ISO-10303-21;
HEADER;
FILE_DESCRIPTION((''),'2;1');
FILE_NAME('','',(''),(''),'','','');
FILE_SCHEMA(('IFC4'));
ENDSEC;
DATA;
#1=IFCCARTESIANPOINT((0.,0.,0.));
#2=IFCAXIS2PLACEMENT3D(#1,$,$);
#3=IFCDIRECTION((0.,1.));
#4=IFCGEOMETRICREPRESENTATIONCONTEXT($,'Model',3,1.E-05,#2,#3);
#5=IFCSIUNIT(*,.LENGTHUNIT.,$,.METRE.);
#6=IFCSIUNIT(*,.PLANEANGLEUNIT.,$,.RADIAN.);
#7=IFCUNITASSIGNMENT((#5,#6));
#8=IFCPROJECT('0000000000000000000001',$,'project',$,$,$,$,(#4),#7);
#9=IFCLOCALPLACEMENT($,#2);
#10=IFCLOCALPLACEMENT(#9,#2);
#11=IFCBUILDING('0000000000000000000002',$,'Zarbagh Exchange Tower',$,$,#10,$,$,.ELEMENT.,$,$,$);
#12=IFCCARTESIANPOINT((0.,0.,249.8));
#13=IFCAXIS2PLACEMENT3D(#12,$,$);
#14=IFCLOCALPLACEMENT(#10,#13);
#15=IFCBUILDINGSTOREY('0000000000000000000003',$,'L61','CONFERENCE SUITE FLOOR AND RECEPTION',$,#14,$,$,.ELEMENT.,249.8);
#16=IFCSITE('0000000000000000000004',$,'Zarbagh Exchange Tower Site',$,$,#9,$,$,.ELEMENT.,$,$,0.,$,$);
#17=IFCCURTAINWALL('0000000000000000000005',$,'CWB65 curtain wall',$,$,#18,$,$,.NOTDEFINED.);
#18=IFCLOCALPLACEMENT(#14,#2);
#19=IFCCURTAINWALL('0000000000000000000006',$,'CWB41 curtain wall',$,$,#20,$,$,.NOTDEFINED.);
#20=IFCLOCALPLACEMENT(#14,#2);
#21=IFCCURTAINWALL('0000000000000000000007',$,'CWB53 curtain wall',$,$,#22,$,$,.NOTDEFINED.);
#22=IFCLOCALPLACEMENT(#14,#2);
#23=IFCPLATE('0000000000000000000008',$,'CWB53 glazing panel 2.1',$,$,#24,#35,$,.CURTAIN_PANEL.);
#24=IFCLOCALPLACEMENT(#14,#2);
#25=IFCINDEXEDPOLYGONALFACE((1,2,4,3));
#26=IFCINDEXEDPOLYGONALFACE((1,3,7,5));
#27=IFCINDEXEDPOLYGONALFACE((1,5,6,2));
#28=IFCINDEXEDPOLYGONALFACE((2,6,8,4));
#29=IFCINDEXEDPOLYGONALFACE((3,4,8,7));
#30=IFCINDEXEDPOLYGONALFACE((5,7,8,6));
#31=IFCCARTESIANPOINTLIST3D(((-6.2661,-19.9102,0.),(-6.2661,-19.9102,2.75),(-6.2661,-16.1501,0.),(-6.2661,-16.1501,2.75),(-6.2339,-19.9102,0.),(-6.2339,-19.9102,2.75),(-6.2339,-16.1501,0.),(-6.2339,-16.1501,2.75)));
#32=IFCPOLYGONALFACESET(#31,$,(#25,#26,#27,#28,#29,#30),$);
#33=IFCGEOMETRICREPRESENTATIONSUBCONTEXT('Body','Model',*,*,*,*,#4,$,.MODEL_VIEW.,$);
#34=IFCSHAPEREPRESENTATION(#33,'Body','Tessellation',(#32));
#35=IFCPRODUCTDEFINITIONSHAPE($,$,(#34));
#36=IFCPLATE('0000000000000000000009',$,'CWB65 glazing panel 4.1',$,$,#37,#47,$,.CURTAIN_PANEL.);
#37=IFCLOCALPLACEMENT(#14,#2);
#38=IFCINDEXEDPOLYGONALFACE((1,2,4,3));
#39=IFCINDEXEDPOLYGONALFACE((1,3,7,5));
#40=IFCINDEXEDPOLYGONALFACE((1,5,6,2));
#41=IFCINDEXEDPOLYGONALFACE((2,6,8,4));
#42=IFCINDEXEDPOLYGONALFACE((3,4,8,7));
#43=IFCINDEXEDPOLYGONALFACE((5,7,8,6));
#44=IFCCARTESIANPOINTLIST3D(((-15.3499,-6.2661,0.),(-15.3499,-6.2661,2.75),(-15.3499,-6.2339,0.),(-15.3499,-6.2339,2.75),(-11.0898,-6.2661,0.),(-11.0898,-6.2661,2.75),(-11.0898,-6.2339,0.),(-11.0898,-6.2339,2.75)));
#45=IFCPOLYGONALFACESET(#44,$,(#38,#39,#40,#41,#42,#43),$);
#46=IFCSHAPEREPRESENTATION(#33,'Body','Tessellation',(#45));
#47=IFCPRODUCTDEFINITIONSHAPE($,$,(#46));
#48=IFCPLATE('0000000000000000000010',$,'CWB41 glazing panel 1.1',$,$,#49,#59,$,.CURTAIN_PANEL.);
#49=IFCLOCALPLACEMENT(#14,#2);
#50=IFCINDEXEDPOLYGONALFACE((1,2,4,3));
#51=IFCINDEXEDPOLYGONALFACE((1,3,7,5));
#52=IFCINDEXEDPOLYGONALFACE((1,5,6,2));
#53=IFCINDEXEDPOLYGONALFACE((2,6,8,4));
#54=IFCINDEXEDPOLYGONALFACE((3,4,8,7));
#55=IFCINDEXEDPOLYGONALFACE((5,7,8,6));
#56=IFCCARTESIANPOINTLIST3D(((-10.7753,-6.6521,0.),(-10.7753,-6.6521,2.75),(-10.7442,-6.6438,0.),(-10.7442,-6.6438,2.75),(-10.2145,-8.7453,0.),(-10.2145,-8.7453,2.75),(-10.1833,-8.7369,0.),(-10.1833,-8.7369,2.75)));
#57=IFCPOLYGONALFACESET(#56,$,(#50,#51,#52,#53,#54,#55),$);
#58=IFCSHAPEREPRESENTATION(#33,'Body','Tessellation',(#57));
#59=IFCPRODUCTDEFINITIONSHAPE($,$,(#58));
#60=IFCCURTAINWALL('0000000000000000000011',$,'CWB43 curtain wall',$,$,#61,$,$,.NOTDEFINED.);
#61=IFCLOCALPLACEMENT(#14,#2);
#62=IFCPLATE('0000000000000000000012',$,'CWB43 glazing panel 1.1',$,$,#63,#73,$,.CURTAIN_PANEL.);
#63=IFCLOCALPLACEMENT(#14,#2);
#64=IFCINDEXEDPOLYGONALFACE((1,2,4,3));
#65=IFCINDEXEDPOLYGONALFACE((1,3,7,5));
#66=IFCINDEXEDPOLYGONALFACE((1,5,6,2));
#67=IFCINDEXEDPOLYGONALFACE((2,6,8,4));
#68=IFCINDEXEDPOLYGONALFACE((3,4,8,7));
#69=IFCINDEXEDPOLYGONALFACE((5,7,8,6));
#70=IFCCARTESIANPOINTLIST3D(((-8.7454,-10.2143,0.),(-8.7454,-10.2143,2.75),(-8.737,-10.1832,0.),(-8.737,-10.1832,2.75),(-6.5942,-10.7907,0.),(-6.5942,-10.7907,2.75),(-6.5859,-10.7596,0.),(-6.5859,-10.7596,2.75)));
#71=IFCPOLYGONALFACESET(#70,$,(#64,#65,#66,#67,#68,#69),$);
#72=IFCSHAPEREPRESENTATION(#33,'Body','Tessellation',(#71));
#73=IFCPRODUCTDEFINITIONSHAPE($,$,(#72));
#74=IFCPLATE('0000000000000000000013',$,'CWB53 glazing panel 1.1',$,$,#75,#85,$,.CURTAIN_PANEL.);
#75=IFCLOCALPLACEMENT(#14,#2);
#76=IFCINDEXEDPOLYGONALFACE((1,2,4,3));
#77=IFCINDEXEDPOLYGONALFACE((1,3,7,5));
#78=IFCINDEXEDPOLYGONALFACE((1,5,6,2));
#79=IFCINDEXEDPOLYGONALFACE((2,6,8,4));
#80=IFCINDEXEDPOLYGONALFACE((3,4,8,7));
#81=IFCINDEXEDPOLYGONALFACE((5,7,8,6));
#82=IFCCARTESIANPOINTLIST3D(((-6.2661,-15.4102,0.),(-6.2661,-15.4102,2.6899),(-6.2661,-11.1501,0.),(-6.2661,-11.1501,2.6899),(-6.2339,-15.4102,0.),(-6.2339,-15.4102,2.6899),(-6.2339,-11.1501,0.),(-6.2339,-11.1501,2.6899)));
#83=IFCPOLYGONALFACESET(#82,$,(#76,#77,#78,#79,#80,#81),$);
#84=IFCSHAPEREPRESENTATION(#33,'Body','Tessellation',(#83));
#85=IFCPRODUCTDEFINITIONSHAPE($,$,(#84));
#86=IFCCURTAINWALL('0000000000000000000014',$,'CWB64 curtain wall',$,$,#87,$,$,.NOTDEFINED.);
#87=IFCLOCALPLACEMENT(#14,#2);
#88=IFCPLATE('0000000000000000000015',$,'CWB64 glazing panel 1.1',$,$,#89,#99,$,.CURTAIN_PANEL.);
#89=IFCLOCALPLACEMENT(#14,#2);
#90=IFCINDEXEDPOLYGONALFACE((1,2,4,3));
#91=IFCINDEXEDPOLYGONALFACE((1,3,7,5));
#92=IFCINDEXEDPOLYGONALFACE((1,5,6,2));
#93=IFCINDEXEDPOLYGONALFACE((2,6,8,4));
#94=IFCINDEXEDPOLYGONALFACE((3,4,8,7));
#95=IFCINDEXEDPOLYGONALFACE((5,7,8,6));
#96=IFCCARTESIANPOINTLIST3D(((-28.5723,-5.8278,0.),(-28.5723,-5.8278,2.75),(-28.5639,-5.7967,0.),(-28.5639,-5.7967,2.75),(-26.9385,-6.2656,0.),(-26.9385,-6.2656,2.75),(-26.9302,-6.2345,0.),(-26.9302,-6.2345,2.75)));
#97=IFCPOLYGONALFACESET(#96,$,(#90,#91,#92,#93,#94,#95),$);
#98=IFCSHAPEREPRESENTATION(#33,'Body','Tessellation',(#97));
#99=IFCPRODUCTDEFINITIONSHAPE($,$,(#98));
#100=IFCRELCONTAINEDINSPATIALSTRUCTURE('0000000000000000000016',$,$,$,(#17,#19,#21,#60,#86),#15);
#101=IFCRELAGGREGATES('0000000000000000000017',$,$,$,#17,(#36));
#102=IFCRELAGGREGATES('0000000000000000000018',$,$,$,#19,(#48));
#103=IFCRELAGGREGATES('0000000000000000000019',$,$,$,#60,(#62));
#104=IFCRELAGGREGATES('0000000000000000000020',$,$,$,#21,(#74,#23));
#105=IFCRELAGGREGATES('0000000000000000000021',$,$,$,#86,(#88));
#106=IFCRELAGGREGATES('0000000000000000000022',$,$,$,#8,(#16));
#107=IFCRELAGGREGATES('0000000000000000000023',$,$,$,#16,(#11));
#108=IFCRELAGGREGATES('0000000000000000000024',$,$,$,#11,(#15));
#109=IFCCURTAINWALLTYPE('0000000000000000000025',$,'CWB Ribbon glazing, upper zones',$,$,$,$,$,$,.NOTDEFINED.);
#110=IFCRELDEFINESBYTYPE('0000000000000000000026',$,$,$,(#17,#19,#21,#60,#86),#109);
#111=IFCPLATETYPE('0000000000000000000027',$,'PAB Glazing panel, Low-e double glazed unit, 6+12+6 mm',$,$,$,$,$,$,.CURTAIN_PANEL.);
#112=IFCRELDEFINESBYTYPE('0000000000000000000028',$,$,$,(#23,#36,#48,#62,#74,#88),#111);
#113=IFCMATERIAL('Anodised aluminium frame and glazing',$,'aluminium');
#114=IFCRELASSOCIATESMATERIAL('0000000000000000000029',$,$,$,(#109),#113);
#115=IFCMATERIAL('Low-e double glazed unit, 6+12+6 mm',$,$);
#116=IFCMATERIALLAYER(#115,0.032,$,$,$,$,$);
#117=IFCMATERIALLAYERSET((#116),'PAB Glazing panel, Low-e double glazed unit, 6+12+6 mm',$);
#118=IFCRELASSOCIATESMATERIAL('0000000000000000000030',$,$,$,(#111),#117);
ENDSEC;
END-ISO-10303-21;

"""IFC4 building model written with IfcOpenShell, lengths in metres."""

from ifc_helpers import new_model, si_unit, direction, frame, origin, place, context, subcontext, project, spatial, polyline, outline, extrude, source, transform, mapped, material, layer, layer_set, type_object, element, aggregate, save


model = new_model("IFC4")

# Units and contexts
model_context = context("Model", 3, precision=1e-05, world=origin(), true_north=direction((0.0, 1.0)))
body_context = subcontext(model_context, "Body", "Model", "MODEL_VIEW")
ifc_project = project(units=[si_unit("LENGTHUNIT", "METRE"), si_unit("PLANEANGLEUNIT", "RADIAN")], contexts=[model_context])

# Site, building, storey
site_placement = place(None, origin())
site = spatial("IfcSite", under=ifc_project, at=site_placement, Name="Zarbagh Exchange Tower Site", CompositionType="ELEMENT", RefElevation=0.0)
building_placement = place(site_placement, origin())
building = spatial("IfcBuilding", under=site, at=building_placement, Name="Zarbagh Exchange Tower", CompositionType="ELEMENT")
storey_placement = place(building_placement, frame((0.0, 0.0, 249.8)))
storey = spatial("IfcBuildingStorey", under=building, at=storey_placement, Name="L61", Description="CONFERENCE SUITE FLOOR AND RECEPTION", CompositionType="ELEMENT", Elevation=249.8)

# Curtain wall
ifc_material_1 = material(Name="Anodised aluminium frame and glazing", Category="aluminium")
curtain_wall_type = type_object("IfcCurtainWallType", Name="CWB Ribbon glazing, upper zones", PredefinedType="NOTDEFINED", material=ifc_material_1)
curtain_wall_1_placement = place(storey_placement, origin())
curtain_wall_1 = element("IfcCurtainWall", 1, at=curtain_wall_1_placement, inside=storey, type_object=curtain_wall_type, Name="CWB65 curtain wall", PredefinedType="NOTDEFINED")
placement = place(storey_placement, origin())

# Curtain wall
curtain_wall_2_placement = place(storey_placement, origin())
curtain_wall_2 = element("IfcCurtainWall", 2, at=curtain_wall_2_placement, inside=storey, type_object=curtain_wall_type, Name="CWB41 curtain wall", PredefinedType="NOTDEFINED")

# Curtain wall
curtain_wall_3_placement = place(storey_placement, origin())
curtain_wall_3 = element("IfcCurtainWall", 3, at=curtain_wall_3_placement, inside=storey, type_object=curtain_wall_type, Name="CWB53 curtain wall", PredefinedType="NOTDEFINED")

# Shared definitions
ifc_material_2 = material(Name="Low-e double glazed unit, 6+12+6 mm")
ifc_layer = layer(ifc_material_2, 0.032)
ifc_layer_set = layer_set([ifc_layer], Name="PAB Glazing panel, Low-e double glazed unit, 6+12+6 mm")
plate_type = type_object("IfcPlateType", Name="PAB Glazing panel, Low-e double glazed unit, 6+12+6 mm", PredefinedType="CURTAIN_PANEL", material=ifc_layer_set)

# Plates
shared_shape_1 = source(origin(), body_context, "Body", "SweptSolid", [
    extrude(outline(polyline([(0.0, -0.0161), (3.76, -0.0161), (3.76, 0.0161), (0.0, 0.0161), (0.0, -0.0161)])), origin(), (0.0, 0.0, 1.0), 2.75),
])
plate_1 = element("IfcPlate", 4, at=placement, type_object=plate_type, Name="CWB53 glazing panel 2.1", PredefinedType="CURTAIN_PANEL", context=body_context, shape_type="MappedRepresentation", body=[
    mapped(shared_shape_1, transform((-6.25, -16.1501, 0.0), x_axis=(0.0, -1.0, 0.0), y_axis=(1.0, 0.0, 0.0), z_axis=(0.0, 0.0, 1.0))),
])
shared_shape_2 = source(origin(), body_context, "Body", "SweptSolid", [
    extrude(outline(polyline([(0.0, -0.0161), (4.26, -0.0161), (4.26, 0.0161), (0.0, 0.0161), (0.0, -0.0161)])), origin(), (0.0, 0.0, 1.0), 2.75),
])
plate_2 = element("IfcPlate", 5, at=placement, type_object=plate_type, Name="CWB65 glazing panel 4.1", PredefinedType="CURTAIN_PANEL", context=body_context, shape_type="MappedRepresentation", body=[
    mapped(shared_shape_2, transform((-15.3499, -6.25, 0.0), x_axis=(1.0, 0.0, 0.0), y_axis=(0.0, 1.0, 0.0), z_axis=(0.0, 0.0, 1.0))),
])
aggregate(curtain_wall_1, [plate_2])
shared_shape_3 = source(origin(), body_context, "Body", "SweptSolid", [
    extrude(outline(polyline([(0.0, -0.0161), (2.167, -0.0161), (2.167, 0.0161), (0.0, 0.0161), (0.0, -0.0161)])), origin(), (0.0, 0.0, 1.0), 2.75),
])
plate_3 = element("IfcPlate", 6, at=placement, type_object=plate_type, Name="CWB41 glazing panel 1.1", PredefinedType="CURTAIN_PANEL", context=body_context, shape_type="MappedRepresentation", body=[
    mapped(shared_shape_3, transform((-10.7598, -6.6479, 0.0), x_axis=(0.258825, -0.965924, 0.0), y_axis=(0.965924, 0.258825, 0.0), z_axis=(0.0, 0.0, 1.0))),
])
aggregate(curtain_wall_2, [plate_3])

# Curtain wall, plate
curtain_wall_4_placement = place(storey_placement, origin())
curtain_wall_4 = element("IfcCurtainWall", 7, at=curtain_wall_4_placement, inside=storey, type_object=curtain_wall_type, Name="CWB43 curtain wall", PredefinedType="NOTDEFINED")
shared_shape_4 = source(origin(), body_context, "Body", "SweptSolid", [
    extrude(outline(polyline([(0.0, -0.0161), (2.2271, -0.0161), (2.2271, 0.0161), (0.0, 0.0161), (0.0, -0.0161)])), origin(), (0.0, 0.0, 1.0), 2.75),
])
plate_4 = element("IfcPlate", 8, at=placement, type_object=plate_type, Name="CWB43 glazing panel 1.1", PredefinedType="CURTAIN_PANEL", context=body_context, shape_type="MappedRepresentation", body=[
    mapped(shared_shape_4, transform((-8.7412, -10.1987, 0.0), x_axis=(0.965924, -0.258825, 0.0), y_axis=(0.258825, 0.965924, 0.0), z_axis=(0.0, 0.0, 1.0))),
])
aggregate(curtain_wall_4, [plate_4])

# Plate
shared_shape_5 = source(origin(), body_context, "Body", "SweptSolid", [
    extrude(outline(polyline([(0.0, -0.0161), (4.26, -0.0161), (4.26, 0.0161), (0.0, 0.0161), (0.0, -0.0161)])), origin(), (0.0, 0.0, 1.0), 2.6899),
])
plate_5 = element("IfcPlate", 9, at=placement, type_object=plate_type, Name="CWB53 glazing panel 1.1", PredefinedType="CURTAIN_PANEL", context=body_context, shape_type="MappedRepresentation", body=[
    mapped(shared_shape_5, transform((-6.25, -11.1501, 0.0), x_axis=(0.0, -1.0, 0.0), y_axis=(1.0, 0.0, 0.0), z_axis=(0.0, 0.0, 1.0))),
])
aggregate(curtain_wall_3, [plate_5, plate_1])

# Curtain wall, plate
curtain_wall_5_placement = place(storey_placement, origin())
curtain_wall_5 = element("IfcCurtainWall", 10, at=curtain_wall_5_placement, inside=storey, type_object=curtain_wall_type, Name="CWB64 curtain wall", PredefinedType="NOTDEFINED")
shared_shape_6 = source(origin(), body_context, "Body", "SweptSolid", [
    extrude(outline(polyline([(0.0, -0.0161), (1.6914, -0.0161), (1.6914, 0.0161), (0.0, 0.0161), (0.0, -0.0161)])), origin(), (0.0, 0.0, 1.0), 2.75),
])
plate_6 = element("IfcPlate", 11, at=placement, type_object=plate_type, Name="CWB64 glazing panel 1.1", PredefinedType="CURTAIN_PANEL", context=body_context, shape_type="MappedRepresentation", body=[
    mapped(shared_shape_6, transform((-28.5681, -5.8123, 0.0), x_axis=(0.965924, -0.258825, 0.0), y_axis=(0.258825, 0.965924, 0.0), z_axis=(0.0, 0.0, 1.0))),
])
aggregate(curtain_wall_5, [plate_6])

save(model, "model.ifc")
